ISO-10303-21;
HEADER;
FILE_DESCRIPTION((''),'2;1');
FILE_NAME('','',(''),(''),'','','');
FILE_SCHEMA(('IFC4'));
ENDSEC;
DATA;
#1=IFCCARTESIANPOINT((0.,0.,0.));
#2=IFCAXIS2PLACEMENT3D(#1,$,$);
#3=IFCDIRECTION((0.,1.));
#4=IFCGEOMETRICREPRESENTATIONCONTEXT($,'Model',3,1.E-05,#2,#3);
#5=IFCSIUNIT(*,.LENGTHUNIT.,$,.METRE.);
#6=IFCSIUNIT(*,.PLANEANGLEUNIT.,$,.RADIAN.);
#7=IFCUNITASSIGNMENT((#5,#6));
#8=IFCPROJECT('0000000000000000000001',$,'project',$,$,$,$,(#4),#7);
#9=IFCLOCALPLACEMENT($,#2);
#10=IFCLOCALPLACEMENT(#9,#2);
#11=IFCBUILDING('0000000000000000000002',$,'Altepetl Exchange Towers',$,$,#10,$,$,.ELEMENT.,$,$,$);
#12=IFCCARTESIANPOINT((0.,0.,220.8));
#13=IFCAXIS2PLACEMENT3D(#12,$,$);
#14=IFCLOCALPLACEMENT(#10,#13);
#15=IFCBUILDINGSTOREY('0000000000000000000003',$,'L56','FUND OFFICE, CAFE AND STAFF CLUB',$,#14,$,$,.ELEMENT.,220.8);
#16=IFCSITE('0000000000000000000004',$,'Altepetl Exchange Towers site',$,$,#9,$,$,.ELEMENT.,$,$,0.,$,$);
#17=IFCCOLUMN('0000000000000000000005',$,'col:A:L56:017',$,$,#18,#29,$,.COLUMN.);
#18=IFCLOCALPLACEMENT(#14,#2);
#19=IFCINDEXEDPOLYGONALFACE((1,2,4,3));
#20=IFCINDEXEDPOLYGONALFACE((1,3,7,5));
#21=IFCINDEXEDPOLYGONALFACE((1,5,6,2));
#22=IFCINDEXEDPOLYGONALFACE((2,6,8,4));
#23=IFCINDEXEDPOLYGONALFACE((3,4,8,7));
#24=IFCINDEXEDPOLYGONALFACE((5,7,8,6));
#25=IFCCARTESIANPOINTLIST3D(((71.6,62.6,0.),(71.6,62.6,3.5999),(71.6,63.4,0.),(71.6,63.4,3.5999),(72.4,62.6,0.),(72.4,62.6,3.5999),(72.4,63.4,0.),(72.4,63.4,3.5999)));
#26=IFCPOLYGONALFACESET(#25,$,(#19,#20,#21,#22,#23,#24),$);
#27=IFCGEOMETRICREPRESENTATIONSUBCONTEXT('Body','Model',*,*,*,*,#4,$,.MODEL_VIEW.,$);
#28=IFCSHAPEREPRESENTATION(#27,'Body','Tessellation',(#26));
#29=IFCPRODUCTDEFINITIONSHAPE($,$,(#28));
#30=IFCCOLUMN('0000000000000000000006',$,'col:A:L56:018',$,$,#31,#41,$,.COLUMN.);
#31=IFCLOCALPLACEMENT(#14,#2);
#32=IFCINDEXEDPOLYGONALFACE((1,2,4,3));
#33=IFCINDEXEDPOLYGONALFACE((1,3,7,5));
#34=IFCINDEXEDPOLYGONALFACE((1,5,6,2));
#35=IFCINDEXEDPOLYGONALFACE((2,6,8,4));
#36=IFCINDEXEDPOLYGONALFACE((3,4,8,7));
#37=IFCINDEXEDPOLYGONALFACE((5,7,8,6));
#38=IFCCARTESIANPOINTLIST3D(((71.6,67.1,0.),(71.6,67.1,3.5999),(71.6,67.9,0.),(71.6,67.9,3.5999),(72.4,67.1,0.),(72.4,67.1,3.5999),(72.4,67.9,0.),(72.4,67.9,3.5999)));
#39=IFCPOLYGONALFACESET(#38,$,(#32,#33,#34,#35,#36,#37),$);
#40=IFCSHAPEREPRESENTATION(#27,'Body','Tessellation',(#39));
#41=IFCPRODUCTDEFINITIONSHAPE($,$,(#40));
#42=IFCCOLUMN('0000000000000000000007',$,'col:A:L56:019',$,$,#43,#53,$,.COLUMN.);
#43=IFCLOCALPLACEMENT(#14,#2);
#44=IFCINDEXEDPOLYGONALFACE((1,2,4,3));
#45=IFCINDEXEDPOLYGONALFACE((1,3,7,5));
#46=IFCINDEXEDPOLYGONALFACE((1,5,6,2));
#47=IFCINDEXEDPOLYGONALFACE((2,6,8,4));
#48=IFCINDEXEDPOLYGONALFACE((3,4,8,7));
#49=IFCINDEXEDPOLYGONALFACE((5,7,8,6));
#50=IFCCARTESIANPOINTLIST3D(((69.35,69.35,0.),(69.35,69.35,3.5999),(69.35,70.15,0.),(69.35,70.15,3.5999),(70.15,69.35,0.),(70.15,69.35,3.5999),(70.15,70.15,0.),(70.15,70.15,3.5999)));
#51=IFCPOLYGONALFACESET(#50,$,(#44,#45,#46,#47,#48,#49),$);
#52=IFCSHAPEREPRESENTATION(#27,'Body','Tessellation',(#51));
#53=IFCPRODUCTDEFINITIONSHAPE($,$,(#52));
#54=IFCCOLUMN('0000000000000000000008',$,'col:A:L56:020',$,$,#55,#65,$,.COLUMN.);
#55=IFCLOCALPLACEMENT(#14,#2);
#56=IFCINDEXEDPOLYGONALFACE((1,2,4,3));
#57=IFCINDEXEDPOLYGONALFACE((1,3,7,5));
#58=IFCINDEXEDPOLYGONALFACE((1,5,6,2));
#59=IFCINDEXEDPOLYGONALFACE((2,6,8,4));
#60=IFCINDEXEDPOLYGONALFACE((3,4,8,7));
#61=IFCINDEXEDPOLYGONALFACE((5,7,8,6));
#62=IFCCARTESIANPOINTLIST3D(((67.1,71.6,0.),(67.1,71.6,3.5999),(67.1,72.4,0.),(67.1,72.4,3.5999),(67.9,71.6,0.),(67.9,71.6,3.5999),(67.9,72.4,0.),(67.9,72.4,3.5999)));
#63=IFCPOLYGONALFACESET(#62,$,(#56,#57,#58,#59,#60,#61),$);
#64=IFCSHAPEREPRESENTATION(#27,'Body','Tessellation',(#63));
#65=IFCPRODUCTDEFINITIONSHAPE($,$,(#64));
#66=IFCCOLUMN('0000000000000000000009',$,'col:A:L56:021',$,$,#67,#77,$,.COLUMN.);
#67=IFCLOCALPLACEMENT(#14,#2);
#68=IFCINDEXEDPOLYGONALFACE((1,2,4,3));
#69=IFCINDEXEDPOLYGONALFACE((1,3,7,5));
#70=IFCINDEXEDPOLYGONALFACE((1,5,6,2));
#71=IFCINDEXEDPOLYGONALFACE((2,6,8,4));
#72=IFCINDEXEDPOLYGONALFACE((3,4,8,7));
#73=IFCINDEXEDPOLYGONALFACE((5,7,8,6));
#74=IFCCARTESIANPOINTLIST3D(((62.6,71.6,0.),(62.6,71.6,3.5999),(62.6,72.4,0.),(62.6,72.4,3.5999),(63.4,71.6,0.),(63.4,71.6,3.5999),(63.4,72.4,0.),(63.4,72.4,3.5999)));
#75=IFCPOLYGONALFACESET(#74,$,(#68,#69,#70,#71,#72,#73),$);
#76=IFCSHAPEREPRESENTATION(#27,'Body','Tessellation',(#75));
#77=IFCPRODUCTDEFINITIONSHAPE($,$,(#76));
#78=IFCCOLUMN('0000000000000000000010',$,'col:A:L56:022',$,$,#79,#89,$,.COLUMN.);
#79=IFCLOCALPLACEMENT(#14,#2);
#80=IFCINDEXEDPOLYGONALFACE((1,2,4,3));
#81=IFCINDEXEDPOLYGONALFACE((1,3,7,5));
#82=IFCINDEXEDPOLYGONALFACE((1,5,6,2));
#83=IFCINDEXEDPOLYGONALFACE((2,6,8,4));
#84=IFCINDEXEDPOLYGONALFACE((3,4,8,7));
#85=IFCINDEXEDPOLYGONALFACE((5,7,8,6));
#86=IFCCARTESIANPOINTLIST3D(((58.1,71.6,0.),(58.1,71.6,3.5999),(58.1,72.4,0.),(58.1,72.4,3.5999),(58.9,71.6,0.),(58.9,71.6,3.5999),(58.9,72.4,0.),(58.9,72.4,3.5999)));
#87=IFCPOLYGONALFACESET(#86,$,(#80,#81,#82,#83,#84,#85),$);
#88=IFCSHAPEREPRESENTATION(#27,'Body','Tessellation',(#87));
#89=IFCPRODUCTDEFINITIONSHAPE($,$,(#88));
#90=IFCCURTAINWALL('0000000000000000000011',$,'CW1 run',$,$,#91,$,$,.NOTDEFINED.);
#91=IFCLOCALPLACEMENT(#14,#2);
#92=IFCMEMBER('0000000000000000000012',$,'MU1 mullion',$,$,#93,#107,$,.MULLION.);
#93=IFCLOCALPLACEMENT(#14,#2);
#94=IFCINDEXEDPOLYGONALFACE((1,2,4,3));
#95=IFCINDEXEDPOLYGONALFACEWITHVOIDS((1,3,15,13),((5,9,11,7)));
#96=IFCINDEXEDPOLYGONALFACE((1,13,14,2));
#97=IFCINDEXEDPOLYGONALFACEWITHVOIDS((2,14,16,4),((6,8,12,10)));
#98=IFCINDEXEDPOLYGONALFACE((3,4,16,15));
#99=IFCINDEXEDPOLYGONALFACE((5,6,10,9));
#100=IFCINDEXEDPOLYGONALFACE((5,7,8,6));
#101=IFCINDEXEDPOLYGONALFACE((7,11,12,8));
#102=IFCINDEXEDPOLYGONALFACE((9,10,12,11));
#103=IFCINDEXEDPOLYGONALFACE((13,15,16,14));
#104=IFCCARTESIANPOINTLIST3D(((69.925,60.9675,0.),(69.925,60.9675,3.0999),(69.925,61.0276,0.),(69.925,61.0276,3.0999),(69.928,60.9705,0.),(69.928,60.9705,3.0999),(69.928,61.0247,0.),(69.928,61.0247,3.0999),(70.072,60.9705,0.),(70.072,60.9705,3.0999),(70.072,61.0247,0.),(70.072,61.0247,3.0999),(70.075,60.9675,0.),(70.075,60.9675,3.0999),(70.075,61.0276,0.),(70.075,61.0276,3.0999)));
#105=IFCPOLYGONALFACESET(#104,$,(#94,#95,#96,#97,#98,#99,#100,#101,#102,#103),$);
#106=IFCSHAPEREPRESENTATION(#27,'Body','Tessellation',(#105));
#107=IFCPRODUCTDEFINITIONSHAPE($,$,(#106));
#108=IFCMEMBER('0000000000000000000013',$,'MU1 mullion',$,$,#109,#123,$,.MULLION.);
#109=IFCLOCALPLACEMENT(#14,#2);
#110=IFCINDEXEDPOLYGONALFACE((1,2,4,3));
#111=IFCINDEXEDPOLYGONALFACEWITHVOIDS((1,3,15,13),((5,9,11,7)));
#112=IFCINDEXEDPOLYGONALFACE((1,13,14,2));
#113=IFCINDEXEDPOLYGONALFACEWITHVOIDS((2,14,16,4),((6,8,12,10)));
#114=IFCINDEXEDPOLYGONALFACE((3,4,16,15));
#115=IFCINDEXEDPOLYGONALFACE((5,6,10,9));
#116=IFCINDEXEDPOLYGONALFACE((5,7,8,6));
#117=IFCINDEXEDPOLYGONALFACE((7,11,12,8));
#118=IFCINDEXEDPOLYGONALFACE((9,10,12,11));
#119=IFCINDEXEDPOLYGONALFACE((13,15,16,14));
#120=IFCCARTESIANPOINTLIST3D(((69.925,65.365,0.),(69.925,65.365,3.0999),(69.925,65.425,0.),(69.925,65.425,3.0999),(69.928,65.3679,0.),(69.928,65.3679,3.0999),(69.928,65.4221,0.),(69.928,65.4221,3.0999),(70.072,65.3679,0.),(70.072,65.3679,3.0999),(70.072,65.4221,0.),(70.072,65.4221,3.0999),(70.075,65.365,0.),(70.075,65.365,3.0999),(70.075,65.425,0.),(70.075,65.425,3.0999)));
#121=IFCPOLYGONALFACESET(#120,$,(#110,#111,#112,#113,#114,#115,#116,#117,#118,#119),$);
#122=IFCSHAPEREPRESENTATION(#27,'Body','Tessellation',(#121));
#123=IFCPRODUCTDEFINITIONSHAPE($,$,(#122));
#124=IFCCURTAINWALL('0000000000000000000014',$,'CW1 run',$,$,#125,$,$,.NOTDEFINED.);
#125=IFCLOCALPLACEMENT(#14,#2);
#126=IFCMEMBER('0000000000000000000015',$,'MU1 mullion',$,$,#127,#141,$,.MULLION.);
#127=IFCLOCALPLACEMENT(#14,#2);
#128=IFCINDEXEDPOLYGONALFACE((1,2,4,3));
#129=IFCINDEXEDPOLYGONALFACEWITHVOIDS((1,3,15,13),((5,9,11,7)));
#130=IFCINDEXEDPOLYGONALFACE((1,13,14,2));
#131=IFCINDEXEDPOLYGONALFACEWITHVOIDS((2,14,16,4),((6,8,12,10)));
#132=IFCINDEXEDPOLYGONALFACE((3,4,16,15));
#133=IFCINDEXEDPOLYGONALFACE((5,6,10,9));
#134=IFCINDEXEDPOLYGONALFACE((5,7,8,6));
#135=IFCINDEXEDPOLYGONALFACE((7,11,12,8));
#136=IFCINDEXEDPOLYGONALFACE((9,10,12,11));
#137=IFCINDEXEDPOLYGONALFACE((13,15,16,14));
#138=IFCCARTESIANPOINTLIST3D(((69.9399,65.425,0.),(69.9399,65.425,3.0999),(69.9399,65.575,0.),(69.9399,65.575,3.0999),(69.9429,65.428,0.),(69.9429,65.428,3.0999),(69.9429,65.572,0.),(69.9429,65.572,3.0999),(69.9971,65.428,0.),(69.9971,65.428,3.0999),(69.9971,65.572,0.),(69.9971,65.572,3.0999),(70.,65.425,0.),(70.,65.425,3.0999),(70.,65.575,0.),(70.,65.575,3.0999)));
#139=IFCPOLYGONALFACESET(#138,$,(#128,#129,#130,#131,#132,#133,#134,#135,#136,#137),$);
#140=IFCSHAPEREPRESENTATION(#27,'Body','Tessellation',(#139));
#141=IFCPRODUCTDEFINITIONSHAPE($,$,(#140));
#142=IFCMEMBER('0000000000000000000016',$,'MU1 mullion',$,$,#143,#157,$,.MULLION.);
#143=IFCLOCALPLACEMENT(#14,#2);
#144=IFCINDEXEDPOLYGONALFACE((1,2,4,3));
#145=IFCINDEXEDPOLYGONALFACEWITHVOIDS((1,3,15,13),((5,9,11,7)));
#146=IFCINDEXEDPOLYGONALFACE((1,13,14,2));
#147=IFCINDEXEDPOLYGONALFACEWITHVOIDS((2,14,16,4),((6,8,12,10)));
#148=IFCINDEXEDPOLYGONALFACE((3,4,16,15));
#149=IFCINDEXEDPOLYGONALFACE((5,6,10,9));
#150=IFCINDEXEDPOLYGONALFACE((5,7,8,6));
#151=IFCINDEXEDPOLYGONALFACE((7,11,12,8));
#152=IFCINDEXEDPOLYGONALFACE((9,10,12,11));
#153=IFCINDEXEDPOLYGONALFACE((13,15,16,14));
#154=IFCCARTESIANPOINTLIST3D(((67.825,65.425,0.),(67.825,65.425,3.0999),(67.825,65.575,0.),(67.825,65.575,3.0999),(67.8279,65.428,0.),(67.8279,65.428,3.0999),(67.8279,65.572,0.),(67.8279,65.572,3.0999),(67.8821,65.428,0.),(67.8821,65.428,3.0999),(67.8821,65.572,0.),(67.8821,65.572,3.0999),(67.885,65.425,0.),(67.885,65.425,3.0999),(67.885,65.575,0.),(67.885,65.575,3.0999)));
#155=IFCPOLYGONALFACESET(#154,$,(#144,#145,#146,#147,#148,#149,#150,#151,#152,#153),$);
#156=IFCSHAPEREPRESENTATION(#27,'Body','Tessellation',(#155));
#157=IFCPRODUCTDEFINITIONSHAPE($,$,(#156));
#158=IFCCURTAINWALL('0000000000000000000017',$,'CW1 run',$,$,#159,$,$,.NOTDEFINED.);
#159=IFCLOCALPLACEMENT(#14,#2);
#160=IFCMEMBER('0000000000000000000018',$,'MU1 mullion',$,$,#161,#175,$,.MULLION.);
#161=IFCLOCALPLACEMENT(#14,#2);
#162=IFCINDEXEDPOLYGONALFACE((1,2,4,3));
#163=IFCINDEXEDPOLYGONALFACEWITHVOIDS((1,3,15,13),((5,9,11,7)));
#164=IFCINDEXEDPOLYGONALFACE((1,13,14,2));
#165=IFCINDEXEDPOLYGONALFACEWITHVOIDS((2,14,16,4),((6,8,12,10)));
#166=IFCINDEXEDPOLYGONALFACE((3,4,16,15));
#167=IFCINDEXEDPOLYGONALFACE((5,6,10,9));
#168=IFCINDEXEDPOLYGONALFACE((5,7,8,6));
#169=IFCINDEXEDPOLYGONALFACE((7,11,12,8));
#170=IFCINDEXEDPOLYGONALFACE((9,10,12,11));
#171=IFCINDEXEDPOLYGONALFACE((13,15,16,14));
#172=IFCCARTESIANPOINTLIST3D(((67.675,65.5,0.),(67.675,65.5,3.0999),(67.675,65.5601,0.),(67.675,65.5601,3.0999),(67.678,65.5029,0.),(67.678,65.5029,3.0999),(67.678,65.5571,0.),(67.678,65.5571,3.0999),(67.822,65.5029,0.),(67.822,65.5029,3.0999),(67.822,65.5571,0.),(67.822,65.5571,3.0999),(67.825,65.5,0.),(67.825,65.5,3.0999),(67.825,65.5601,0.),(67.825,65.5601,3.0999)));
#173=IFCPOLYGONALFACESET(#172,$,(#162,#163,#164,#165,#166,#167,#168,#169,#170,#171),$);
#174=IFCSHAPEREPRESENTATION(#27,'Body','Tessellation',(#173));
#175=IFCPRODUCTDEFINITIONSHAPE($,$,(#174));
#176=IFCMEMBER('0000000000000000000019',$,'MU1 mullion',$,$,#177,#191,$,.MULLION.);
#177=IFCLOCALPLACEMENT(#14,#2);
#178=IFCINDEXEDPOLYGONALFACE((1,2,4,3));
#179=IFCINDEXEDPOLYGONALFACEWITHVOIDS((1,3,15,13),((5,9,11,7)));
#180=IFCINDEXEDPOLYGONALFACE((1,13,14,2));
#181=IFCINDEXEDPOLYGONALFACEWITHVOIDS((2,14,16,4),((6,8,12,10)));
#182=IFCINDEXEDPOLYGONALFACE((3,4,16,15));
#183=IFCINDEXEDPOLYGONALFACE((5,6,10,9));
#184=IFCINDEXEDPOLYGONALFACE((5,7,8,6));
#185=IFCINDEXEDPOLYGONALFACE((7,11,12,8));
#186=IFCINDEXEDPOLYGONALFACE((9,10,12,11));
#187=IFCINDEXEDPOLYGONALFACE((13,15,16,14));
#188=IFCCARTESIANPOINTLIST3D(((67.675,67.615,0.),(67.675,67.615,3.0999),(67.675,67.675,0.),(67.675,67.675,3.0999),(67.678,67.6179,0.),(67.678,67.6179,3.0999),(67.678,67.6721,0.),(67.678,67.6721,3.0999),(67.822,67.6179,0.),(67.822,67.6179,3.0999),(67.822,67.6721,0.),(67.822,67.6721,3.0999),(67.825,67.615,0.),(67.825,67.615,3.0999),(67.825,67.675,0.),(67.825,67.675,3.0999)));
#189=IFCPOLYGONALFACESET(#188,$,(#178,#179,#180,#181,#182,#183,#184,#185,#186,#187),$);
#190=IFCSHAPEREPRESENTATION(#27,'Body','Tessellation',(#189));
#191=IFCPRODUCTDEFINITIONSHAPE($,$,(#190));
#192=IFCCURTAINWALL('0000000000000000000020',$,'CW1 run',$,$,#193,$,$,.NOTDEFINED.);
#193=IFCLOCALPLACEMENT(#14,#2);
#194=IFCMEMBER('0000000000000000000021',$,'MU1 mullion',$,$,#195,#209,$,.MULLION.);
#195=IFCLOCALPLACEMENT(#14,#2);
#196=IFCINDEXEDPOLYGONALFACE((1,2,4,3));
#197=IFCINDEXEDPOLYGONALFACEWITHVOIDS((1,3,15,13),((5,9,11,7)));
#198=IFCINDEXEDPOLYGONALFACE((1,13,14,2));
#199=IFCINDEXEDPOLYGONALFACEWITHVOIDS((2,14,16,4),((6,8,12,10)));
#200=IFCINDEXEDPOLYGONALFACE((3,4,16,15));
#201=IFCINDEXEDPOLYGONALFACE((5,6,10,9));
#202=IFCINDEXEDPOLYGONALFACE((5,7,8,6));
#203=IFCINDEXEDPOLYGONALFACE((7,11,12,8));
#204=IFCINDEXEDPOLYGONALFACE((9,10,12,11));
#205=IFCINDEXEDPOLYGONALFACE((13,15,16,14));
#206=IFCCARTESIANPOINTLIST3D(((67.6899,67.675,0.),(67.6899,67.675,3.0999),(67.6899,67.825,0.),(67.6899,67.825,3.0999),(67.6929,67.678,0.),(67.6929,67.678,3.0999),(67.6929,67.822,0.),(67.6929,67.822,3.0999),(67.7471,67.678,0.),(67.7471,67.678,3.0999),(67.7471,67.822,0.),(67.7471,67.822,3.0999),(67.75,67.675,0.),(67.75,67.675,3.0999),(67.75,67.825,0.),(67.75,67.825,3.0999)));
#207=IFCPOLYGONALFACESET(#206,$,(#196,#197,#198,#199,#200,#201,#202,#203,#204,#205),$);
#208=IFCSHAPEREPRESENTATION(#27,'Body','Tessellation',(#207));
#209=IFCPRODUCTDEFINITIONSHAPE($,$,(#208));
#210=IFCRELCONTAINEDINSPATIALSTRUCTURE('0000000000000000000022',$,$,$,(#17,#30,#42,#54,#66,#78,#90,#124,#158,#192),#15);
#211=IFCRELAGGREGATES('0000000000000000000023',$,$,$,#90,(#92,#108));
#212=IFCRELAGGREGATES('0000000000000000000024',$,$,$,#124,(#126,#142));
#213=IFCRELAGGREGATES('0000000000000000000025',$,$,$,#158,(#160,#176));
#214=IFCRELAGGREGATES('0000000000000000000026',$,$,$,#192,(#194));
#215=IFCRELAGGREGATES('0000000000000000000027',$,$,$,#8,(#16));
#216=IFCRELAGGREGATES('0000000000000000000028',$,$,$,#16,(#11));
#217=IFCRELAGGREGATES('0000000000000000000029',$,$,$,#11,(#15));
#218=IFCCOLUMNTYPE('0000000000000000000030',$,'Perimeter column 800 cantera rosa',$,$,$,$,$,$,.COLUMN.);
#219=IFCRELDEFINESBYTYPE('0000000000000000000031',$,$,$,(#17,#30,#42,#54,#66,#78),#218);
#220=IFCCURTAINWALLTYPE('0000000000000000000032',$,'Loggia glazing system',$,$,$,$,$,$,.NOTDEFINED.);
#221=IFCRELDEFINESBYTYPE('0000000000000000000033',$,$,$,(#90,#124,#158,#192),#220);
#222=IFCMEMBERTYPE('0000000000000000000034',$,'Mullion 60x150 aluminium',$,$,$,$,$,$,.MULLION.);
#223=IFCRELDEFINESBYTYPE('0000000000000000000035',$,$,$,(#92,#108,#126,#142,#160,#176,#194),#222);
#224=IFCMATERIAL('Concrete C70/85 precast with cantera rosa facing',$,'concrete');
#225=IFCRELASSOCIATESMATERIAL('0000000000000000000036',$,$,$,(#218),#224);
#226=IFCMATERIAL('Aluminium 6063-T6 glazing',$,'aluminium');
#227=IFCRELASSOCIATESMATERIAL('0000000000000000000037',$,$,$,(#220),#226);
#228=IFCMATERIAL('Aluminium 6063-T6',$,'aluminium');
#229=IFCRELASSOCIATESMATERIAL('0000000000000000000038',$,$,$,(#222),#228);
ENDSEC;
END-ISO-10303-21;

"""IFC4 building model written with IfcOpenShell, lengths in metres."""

from ifc_helpers import new_model, si_unit, direction, frame, origin, origin_2d, place, context, subcontext, project, spatial, rectangle, hollow_rectangle, extrude, material, material_profile, profile_set, type_object, element, aggregate, save


model = new_model("IFC4")

# Units and contexts
model_context = context("Model", 3, precision=1e-05, world=origin(), true_north=direction((0.0, 1.0)))
body_context = subcontext(model_context, "Body", "Model", "MODEL_VIEW")
ifc_project = project(units=[si_unit("LENGTHUNIT", "METRE"), si_unit("PLANEANGLEUNIT", "RADIAN")], contexts=[model_context])

# Site, building, storey
site_placement = place(None, origin())
site = spatial("IfcSite", under=ifc_project, at=site_placement, Name="Altepetl Exchange Towers site", CompositionType="ELEMENT", RefElevation=0.0)
building_placement = place(site_placement, origin())
building = spatial("IfcBuilding", under=site, at=building_placement, Name="Altepetl Exchange Towers", CompositionType="ELEMENT")
storey_placement = place(building_placement, frame((0.0, 0.0, 220.8)))
storey = spatial("IfcBuildingStorey", under=building, at=storey_placement, Name="L56", Description="FUND OFFICE, CAFE AND STAFF CLUB", CompositionType="ELEMENT", Elevation=220.8)

# Columns
ifc_material_1 = material(Name="Concrete C70/85 precast with cantera rosa facing", Category="concrete")
ifc_material_profile_1 = material_profile(ifc_material_1, rectangle(XDim=0.8, YDim=0.8, at=origin_2d()), Name="800 x 800")
ifc_profile_set_1 = profile_set([ifc_material_profile_1], Name="Concrete C70/85 precast with cantera rosa facing")
column_type = type_object("IfcColumnType", Name="Perimeter column 800 cantera rosa", PredefinedType="COLUMN", material=ifc_profile_set_1)
for number, where, name in (
    (1, (72.0, 63.0, 0.0), "col:A:L56:017"),
    (2, (72.0, 67.5, 0.0), "col:A:L56:018"),
    (3, (69.75, 69.75, 0.0), "col:A:L56:019"),
    (4, (67.5, 72.0, 0.0), "col:A:L56:020"),
    (5, (63.0, 72.0, 0.0), "col:A:L56:021"),
    (6, (58.5, 72.0, 0.0), "col:A:L56:022"),
):
    element("IfcColumn", number, at=place(storey_placement, frame(where)), inside=storey, type_object=column_type, Name=name, PredefinedType="COLUMN", context=body_context, shape_type="SweptSolid", body=[
        extrude(rectangle(XDim=0.8, YDim=0.8, at=origin_2d()), origin(), (0.0, 0.0, 1.0), 3.5999),
    ])

# Curtain walls, members
ifc_material_2 = material(Name="Aluminium 6063-T6 glazing", Category="aluminium")
curtain_wall_type = type_object("IfcCurtainWallType", Name="Loggia glazing system", PredefinedType="NOTDEFINED", material=ifc_material_2)
curtain_wall_1_placement = place(storey_placement, origin())
curtain_wall_1 = element("IfcCurtainWall", 7, at=curtain_wall_1_placement, inside=storey, type_object=curtain_wall_type, Name="CW1 run", PredefinedType="NOTDEFINED")
ifc_material_3 = material(Name="Aluminium 6063-T6", Category="aluminium")
ifc_material_profile_2 = material_profile(ifc_material_3, hollow_rectangle(XDim=0.0601, YDim=0.1499, WallThickness=0.0029, at=origin_2d()), Name="Mullion 60x150 aluminium")
ifc_profile_set_2 = profile_set([ifc_material_profile_2], Name="Aluminium 6063-T6")
member_type = type_object("IfcMemberType", Name="Mullion 60x150 aluminium", PredefinedType="MULLION", material=ifc_profile_set_2)
member_1_placement = place(storey_placement, frame((70.0, 60.9976, 0.0), z_axis=(0.0, 0.0, 1.0), x_axis=(0.0, 1.0, 0.0)))
member_1 = element("IfcMember", 8, at=member_1_placement, type_object=member_type, Name="MU1 mullion", PredefinedType="MULLION", context=body_context, shape_type="SweptSolid", body=[
    extrude(hollow_rectangle(XDim=0.0601, YDim=0.1499, WallThickness=0.0029, at=origin_2d()), origin(), (0.0, 0.0, 1.0), 3.0999),
])
member_2_placement = place(storey_placement, frame((70.0, 65.395, 0.0), z_axis=(0.0, 0.0, 1.0), x_axis=(0.0, 1.0, 0.0)))
member_2 = element("IfcMember", 9, at=member_2_placement, type_object=member_type, Name="MU1 mullion", PredefinedType="MULLION", context=body_context, shape_type="SweptSolid", body=[
    extrude(hollow_rectangle(XDim=0.0601, YDim=0.1499, WallThickness=0.0029, at=origin_2d()), origin(), (0.0, 0.0, 1.0), 3.0999),
])
curtain_wall_2_placement = place(storey_placement, origin())
curtain_wall_2 = element("IfcCurtainWall", 10, at=curtain_wall_2_placement, inside=storey, type_object=curtain_wall_type, Name="CW1 run", PredefinedType="NOTDEFINED")
member_3_placement = place(storey_placement, frame((69.97, 65.5, 0.0), z_axis=(0.0, 0.0, 1.0), x_axis=(-1.0, 0.0, 0.0)))
member_3 = element("IfcMember", 11, at=member_3_placement, type_object=member_type, Name="MU1 mullion", PredefinedType="MULLION", context=body_context, shape_type="SweptSolid", body=[
    extrude(hollow_rectangle(XDim=0.0601, YDim=0.1499, WallThickness=0.0029, at=origin_2d()), origin(), (0.0, 0.0, 1.0), 3.0999),
])
member_4_placement = place(storey_placement, frame((67.855, 65.5, 0.0), z_axis=(0.0, 0.0, 1.0), x_axis=(-1.0, 0.0, 0.0)))
member_4 = element("IfcMember", 12, at=member_4_placement, type_object=member_type, Name="MU1 mullion", PredefinedType="MULLION", context=body_context, shape_type="SweptSolid", body=[
    extrude(hollow_rectangle(XDim=0.0601, YDim=0.1499, WallThickness=0.0029, at=origin_2d()), origin(), (0.0, 0.0, 1.0), 3.0999),
])
curtain_wall_3_placement = place(storey_placement, origin())
curtain_wall_3 = element("IfcCurtainWall", 13, at=curtain_wall_3_placement, inside=storey, type_object=curtain_wall_type, Name="CW1 run", PredefinedType="NOTDEFINED")
member_5_placement = place(storey_placement, frame((67.75, 65.53, 0.0), z_axis=(0.0, 0.0, 1.0), x_axis=(0.0, 1.0, 0.0)))
member_5 = element("IfcMember", 14, at=member_5_placement, type_object=member_type, Name="MU1 mullion", PredefinedType="MULLION", context=body_context, shape_type="SweptSolid", body=[
    extrude(hollow_rectangle(XDim=0.0601, YDim=0.1499, WallThickness=0.0029, at=origin_2d()), origin(), (0.0, 0.0, 1.0), 3.0999),
])
member_6_placement = place(storey_placement, frame((67.75, 67.645, 0.0), z_axis=(0.0, 0.0, 1.0), x_axis=(0.0, 1.0, 0.0)))
member_6 = element("IfcMember", 15, at=member_6_placement, type_object=member_type, Name="MU1 mullion", PredefinedType="MULLION", context=body_context, shape_type="SweptSolid", body=[
    extrude(hollow_rectangle(XDim=0.0601, YDim=0.1499, WallThickness=0.0029, at=origin_2d()), origin(), (0.0, 0.0, 1.0), 3.0999),
])
curtain_wall_4_placement = place(storey_placement, origin())
curtain_wall_4 = element("IfcCurtainWall", 16, at=curtain_wall_4_placement, inside=storey, type_object=curtain_wall_type, Name="CW1 run", PredefinedType="NOTDEFINED")
member_7_placement = place(storey_placement, frame((67.72, 67.75, 0.0), z_axis=(0.0, 0.0, 1.0), x_axis=(-1.0, 0.0, 0.0)))
member_7 = element("IfcMember", 17, at=member_7_placement, type_object=member_type, Name="MU1 mullion", PredefinedType="MULLION", context=body_context, shape_type="SweptSolid", body=[
    extrude(hollow_rectangle(XDim=0.0601, YDim=0.1499, WallThickness=0.0029, at=origin_2d()), origin(), (0.0, 0.0, 1.0), 3.0999),
])

aggregate(curtain_wall_1, [member_1, member_2])
aggregate(curtain_wall_2, [member_3, member_4])
aggregate(curtain_wall_3, [member_5, member_6])
aggregate(curtain_wall_4, [member_7])

save(model, "model.ifc")
